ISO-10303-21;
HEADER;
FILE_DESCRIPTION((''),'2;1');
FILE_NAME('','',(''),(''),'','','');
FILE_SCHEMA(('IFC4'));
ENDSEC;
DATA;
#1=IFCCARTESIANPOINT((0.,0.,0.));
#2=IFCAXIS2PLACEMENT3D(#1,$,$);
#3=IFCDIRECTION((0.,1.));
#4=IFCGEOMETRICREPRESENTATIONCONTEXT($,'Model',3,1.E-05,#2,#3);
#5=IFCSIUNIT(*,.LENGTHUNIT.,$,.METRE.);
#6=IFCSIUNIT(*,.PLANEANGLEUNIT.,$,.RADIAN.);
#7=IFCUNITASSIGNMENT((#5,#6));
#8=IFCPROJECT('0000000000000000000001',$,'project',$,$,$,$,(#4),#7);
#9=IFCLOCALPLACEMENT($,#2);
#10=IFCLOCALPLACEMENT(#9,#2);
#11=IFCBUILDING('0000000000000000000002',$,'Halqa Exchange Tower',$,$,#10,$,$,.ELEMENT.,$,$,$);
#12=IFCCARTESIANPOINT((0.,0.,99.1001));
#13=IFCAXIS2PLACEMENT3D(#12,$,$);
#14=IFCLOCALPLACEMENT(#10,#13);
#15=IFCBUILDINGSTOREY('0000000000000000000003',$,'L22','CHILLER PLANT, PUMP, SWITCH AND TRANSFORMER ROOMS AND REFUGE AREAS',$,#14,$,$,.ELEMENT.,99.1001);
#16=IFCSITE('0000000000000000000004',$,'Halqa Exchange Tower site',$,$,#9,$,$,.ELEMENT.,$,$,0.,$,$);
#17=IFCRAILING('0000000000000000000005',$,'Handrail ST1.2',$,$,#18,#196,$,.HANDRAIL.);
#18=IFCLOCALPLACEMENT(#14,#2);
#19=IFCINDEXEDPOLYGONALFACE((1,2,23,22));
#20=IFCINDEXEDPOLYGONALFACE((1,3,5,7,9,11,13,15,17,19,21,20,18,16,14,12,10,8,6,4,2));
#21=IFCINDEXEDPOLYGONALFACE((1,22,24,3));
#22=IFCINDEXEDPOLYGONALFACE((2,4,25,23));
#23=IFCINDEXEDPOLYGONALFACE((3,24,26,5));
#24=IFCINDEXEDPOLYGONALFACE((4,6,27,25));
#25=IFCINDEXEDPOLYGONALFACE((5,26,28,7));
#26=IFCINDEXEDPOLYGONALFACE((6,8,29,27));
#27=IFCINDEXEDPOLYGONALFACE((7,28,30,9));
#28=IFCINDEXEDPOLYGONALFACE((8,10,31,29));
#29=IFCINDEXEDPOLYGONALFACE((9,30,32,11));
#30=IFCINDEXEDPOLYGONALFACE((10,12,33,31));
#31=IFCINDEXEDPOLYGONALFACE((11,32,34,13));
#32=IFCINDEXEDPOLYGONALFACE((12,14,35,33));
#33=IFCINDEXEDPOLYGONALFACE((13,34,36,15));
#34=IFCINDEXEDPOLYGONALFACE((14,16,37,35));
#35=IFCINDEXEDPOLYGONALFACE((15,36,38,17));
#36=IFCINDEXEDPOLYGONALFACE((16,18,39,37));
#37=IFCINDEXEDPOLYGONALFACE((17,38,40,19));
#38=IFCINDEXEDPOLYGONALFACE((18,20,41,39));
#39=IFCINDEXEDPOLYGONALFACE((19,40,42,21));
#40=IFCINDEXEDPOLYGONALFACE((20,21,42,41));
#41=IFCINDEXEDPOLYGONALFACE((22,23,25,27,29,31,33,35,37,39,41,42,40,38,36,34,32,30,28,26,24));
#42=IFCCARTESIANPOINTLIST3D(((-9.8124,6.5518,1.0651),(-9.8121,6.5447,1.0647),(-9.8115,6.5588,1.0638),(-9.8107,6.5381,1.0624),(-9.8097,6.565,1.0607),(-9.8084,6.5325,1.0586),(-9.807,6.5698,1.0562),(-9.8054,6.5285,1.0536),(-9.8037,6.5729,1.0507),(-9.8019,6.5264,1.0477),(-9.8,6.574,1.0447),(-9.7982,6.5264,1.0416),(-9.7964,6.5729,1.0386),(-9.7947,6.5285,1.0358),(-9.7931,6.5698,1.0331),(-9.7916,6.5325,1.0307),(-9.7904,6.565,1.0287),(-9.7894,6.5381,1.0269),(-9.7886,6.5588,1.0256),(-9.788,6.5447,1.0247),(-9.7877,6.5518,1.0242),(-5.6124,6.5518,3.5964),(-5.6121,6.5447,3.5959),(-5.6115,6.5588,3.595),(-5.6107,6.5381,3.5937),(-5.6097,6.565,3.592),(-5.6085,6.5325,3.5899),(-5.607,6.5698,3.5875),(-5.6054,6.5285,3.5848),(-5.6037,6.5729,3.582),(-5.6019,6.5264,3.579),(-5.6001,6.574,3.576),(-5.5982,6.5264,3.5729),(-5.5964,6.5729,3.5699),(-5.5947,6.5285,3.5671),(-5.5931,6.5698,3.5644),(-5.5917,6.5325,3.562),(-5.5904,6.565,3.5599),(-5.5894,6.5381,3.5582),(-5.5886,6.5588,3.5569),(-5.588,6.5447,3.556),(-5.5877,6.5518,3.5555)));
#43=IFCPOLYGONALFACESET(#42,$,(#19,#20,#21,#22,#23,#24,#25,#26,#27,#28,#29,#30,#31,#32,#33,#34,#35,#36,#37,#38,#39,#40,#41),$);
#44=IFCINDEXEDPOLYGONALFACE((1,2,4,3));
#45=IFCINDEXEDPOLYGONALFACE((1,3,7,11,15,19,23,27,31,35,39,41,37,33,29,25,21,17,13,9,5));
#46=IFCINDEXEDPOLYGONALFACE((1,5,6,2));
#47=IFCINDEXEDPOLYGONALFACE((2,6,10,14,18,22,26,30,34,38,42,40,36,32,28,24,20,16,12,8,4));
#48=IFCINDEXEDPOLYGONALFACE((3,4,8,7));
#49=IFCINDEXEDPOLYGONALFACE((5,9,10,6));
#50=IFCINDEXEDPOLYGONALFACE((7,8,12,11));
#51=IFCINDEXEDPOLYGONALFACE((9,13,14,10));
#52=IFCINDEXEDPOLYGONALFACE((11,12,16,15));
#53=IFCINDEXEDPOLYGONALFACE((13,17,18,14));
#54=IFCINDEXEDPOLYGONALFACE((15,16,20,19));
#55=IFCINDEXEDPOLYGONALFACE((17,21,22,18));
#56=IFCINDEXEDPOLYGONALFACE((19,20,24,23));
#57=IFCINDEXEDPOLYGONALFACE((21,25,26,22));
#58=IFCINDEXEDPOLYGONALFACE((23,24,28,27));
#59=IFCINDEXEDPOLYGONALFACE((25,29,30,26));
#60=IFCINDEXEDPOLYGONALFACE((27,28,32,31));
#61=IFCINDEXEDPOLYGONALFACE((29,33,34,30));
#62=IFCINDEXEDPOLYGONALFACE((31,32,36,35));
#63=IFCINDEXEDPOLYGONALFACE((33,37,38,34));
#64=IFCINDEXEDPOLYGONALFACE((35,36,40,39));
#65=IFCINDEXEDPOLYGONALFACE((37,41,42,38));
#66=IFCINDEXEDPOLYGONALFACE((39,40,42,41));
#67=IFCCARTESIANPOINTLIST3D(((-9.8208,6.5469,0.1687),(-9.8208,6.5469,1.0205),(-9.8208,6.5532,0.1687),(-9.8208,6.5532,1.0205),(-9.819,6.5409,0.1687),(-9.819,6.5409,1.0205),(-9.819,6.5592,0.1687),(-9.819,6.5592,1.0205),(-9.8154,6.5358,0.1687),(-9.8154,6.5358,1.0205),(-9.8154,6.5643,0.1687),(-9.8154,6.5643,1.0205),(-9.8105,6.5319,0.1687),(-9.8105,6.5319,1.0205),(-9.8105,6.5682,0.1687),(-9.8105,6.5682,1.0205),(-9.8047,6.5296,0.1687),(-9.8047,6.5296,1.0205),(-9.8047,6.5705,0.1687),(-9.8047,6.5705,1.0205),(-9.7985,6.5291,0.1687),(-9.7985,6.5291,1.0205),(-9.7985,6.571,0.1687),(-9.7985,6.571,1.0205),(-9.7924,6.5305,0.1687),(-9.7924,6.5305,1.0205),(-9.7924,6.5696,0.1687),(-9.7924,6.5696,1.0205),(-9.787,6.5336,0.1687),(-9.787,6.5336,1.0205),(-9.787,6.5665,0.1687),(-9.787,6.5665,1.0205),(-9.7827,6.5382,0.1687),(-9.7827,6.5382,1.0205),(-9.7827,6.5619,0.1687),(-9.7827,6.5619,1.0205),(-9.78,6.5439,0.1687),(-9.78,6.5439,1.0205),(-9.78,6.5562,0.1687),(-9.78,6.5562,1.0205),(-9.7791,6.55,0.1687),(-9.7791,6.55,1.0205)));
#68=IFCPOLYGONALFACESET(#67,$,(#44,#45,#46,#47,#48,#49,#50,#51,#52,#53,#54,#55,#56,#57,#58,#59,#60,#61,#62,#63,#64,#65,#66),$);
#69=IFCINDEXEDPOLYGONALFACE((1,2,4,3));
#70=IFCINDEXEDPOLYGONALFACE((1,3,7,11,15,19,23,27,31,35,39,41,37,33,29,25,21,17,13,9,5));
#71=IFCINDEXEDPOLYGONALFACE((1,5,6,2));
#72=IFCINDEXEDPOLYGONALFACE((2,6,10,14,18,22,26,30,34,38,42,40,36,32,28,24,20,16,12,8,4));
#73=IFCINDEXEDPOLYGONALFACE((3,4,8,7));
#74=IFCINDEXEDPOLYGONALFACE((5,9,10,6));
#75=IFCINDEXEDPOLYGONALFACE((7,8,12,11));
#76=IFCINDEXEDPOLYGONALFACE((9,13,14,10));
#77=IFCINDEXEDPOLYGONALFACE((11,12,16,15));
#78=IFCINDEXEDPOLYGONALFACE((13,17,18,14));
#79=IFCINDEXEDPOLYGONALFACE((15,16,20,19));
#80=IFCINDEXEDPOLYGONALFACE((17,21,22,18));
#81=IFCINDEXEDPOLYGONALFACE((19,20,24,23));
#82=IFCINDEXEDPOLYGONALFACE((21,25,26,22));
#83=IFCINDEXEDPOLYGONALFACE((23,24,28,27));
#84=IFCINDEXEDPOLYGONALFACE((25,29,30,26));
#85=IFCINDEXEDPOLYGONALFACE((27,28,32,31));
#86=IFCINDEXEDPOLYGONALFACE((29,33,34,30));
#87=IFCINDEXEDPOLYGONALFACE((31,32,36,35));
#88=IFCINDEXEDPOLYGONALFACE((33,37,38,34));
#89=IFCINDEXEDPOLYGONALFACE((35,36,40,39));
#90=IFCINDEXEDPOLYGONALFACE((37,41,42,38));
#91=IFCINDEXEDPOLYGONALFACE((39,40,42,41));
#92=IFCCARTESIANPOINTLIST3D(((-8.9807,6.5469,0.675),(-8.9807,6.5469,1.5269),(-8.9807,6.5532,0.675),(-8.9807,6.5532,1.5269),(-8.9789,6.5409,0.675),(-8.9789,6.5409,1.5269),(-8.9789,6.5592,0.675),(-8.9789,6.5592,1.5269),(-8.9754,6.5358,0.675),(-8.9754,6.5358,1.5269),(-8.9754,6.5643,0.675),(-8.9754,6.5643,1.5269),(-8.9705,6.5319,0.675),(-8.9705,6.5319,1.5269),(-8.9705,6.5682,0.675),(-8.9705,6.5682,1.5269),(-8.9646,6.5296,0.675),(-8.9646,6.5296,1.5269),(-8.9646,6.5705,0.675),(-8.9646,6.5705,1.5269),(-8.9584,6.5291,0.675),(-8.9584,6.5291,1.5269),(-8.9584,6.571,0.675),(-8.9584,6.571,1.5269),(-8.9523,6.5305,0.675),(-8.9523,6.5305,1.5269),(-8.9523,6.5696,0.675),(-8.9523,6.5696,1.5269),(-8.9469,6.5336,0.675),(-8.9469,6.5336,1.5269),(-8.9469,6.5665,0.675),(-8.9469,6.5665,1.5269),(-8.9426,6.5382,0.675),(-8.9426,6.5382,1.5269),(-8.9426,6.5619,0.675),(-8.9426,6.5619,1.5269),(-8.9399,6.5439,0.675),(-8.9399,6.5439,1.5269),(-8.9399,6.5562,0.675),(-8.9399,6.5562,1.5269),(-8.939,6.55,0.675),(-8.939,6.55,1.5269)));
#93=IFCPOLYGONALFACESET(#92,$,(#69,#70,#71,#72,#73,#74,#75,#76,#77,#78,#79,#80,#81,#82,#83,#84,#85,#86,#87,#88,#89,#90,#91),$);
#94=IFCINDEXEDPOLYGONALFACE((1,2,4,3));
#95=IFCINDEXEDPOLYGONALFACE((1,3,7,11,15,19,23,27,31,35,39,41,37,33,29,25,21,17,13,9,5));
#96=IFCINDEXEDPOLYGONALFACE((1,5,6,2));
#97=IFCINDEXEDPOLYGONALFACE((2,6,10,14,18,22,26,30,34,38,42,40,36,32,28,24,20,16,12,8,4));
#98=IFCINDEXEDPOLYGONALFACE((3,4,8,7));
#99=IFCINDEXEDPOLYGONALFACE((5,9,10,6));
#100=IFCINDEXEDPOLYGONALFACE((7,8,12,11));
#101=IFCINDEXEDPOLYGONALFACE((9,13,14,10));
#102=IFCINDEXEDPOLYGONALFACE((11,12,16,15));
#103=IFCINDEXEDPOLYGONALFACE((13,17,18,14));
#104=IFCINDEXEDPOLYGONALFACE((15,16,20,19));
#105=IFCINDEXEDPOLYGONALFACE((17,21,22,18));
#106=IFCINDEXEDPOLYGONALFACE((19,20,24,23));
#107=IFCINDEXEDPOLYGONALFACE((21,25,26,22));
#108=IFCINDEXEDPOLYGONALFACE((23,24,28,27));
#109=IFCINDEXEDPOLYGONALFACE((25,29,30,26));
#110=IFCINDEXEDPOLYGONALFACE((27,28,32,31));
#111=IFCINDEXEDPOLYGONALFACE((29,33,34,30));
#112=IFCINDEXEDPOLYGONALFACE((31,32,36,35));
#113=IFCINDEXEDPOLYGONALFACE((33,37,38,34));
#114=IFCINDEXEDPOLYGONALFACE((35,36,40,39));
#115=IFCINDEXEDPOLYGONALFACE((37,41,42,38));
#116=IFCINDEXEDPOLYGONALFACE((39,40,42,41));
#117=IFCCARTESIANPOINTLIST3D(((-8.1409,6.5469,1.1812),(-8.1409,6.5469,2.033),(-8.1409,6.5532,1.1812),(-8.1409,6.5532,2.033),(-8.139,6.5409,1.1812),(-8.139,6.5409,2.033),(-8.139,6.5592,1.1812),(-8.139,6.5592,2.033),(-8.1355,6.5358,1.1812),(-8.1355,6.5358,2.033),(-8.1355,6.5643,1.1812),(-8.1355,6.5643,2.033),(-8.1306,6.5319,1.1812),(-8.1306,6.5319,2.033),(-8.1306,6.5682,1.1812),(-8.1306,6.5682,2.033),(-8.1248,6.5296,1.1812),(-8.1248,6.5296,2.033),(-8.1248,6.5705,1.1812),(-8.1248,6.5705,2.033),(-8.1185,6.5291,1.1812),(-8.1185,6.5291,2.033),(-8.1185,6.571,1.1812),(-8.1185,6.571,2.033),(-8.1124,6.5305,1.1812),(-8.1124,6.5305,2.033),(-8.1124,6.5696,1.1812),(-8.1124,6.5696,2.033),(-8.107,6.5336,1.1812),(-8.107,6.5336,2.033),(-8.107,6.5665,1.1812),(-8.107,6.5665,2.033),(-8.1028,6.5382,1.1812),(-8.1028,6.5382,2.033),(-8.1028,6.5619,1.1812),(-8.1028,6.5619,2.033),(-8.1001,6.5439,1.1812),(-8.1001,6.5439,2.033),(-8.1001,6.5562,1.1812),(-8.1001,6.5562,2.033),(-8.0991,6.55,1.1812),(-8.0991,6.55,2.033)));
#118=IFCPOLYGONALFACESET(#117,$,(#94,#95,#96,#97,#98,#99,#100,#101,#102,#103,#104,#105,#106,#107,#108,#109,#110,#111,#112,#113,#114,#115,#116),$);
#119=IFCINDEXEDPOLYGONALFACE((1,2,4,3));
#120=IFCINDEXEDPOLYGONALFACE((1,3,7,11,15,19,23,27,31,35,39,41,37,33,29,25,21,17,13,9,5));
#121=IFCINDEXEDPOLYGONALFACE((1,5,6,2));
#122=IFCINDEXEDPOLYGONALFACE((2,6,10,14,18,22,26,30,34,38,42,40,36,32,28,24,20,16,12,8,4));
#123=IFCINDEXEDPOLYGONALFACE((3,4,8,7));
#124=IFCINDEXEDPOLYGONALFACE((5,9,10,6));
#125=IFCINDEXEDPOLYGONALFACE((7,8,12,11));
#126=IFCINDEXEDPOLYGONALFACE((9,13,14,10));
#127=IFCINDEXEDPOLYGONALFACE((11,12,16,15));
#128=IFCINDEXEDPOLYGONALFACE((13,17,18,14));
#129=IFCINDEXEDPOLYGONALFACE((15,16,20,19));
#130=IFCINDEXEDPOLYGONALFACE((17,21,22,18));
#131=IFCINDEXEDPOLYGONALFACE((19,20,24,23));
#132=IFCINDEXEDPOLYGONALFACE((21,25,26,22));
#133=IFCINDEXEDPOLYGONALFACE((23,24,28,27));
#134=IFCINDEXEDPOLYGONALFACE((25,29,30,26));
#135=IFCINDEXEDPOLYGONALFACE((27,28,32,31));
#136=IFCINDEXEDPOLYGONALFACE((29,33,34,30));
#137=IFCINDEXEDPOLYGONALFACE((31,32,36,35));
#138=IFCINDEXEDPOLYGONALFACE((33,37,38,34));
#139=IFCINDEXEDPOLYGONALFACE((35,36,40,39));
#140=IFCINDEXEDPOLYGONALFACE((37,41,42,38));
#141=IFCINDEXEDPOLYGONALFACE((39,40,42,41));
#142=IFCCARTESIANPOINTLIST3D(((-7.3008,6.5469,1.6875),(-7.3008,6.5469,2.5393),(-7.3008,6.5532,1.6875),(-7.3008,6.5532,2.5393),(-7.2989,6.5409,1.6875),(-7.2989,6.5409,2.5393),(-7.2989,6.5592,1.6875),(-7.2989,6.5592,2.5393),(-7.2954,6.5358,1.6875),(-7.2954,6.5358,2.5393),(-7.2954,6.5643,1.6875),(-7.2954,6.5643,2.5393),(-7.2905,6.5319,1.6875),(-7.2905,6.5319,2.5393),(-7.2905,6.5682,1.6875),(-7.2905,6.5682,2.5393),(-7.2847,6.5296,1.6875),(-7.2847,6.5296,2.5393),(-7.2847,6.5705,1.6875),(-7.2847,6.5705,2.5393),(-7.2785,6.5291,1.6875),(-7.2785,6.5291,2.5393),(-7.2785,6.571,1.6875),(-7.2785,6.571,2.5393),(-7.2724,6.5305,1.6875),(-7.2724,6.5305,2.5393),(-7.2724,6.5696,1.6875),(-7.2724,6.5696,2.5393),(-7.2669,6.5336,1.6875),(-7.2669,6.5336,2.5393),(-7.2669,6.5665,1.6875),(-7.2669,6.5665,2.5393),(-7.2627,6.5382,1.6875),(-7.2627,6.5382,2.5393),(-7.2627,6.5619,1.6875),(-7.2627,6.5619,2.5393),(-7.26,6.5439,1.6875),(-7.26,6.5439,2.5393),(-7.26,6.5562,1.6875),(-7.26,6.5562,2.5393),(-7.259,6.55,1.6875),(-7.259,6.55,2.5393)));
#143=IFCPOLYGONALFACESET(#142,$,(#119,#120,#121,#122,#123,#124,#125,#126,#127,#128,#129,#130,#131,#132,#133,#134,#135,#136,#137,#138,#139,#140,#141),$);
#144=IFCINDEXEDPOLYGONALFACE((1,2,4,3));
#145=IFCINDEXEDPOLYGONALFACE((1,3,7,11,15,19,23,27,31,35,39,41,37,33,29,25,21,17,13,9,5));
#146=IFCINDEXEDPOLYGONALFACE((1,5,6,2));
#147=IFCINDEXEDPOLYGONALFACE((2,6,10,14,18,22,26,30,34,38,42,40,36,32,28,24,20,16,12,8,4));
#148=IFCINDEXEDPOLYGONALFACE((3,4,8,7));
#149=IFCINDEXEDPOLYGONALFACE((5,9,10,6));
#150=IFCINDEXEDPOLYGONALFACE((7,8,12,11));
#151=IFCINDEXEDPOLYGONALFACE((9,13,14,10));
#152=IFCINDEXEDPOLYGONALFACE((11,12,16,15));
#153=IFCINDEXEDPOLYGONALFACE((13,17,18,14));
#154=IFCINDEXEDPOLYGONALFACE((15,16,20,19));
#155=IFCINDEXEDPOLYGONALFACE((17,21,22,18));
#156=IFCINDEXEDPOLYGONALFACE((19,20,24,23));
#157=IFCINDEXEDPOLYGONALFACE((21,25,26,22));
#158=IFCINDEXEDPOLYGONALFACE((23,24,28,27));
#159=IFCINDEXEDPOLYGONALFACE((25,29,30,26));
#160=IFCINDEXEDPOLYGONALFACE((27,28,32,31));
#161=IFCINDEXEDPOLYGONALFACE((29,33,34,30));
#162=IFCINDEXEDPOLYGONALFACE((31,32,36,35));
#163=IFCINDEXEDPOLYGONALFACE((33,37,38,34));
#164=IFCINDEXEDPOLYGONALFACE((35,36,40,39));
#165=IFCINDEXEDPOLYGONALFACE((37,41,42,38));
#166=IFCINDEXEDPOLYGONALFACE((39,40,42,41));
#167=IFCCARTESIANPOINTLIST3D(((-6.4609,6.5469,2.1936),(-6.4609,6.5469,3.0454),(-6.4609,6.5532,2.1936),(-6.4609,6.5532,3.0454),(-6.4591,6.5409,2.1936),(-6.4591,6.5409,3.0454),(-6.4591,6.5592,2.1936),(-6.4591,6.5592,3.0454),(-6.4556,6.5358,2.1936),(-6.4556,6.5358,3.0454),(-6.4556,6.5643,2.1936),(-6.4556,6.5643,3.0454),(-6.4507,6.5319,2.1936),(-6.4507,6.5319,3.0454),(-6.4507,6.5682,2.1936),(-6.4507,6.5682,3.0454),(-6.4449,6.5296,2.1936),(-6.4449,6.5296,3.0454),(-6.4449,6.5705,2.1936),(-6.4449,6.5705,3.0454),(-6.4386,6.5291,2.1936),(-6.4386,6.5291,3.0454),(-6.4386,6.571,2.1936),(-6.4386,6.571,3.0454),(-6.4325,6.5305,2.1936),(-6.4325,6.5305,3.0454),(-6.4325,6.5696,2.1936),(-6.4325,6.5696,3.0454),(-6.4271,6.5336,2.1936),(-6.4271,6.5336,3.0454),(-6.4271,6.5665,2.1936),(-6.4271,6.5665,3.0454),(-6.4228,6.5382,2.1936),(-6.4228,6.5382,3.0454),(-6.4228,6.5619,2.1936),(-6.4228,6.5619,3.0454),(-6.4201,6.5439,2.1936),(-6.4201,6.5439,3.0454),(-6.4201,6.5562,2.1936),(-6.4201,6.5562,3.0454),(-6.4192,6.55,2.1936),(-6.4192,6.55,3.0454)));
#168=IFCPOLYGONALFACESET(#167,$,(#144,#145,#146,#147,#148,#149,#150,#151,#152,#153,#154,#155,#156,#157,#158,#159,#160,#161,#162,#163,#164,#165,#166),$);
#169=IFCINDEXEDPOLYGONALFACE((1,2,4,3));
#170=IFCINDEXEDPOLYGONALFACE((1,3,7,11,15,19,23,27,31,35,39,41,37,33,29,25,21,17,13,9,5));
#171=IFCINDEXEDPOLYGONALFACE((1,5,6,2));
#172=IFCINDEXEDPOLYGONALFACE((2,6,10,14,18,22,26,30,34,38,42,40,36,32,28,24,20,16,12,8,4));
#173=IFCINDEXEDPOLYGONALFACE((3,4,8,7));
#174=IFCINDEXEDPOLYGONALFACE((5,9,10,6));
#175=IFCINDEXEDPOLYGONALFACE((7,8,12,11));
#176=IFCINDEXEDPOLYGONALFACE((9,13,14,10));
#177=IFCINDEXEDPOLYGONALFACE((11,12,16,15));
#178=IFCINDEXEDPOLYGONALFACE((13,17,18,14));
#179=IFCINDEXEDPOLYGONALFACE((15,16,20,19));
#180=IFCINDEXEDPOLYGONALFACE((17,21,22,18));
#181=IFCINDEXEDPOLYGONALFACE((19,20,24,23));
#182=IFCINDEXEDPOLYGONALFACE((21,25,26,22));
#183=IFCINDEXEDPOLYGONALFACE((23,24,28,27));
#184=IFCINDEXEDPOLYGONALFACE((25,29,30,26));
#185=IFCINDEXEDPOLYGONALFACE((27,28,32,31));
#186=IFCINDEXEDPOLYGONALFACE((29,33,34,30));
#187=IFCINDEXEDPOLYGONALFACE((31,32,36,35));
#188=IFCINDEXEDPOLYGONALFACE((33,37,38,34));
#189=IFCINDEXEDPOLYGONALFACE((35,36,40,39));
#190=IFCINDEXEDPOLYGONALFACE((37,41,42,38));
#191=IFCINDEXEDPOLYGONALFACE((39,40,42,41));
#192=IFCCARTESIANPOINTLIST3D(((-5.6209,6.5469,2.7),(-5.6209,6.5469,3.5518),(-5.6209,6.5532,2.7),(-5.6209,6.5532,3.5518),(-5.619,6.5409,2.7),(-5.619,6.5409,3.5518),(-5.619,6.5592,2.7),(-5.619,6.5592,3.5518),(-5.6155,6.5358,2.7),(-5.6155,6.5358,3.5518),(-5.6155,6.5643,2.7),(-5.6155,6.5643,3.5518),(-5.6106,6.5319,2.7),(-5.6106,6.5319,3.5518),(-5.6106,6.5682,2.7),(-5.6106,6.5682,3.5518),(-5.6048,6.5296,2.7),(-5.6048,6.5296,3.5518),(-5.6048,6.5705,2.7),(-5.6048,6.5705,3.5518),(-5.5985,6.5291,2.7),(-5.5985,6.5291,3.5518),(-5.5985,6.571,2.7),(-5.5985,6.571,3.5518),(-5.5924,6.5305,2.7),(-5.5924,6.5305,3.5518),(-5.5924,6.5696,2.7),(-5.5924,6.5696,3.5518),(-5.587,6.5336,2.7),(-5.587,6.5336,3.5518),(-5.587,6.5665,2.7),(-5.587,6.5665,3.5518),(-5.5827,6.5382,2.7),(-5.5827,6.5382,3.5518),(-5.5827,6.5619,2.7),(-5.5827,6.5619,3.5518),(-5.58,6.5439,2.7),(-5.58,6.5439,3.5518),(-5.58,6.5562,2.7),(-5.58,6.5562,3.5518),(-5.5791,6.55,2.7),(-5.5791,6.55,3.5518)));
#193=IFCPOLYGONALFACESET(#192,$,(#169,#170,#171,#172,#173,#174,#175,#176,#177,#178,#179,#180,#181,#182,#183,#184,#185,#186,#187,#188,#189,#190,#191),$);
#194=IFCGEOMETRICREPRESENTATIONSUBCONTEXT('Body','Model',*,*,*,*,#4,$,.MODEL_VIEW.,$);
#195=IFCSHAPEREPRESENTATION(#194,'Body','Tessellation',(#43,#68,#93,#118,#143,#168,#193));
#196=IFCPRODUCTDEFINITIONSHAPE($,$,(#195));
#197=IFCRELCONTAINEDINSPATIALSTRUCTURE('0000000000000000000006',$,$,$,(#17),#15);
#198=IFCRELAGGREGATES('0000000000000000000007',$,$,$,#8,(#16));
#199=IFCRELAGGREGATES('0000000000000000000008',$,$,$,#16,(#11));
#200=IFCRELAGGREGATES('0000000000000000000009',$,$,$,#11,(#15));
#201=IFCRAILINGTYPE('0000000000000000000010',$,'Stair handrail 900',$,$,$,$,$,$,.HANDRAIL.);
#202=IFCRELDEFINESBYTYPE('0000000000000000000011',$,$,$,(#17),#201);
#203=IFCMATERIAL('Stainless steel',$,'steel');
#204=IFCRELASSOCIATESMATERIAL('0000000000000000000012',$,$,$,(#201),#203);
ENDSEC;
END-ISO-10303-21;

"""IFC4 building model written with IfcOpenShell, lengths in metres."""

from ifc_helpers import new_model, si_unit, direction, frame, origin, origin_2d, place, context, subcontext, project, spatial, circle, extrude, material, type_object, element, save


model = new_model("IFC4")

# Units and contexts
model_context = context("Model", 3, precision=1e-05, world=origin(), true_north=direction((0.0, 1.0)))
body_context = subcontext(model_context, "Body", "Model", "MODEL_VIEW")
ifc_project = project(units=[si_unit("LENGTHUNIT", "METRE"), si_unit("PLANEANGLEUNIT", "RADIAN")], contexts=[model_context])

# Site, building, storey
site_placement = place(None, origin())
site = spatial("IfcSite", under=ifc_project, at=site_placement, Name="Halqa Exchange Tower site", CompositionType="ELEMENT", RefElevation=0.0)
building_placement = place(site_placement, origin())
building = spatial("IfcBuilding", under=site, at=building_placement, Name="Halqa Exchange Tower", CompositionType="ELEMENT")
storey_placement = place(building_placement, frame((0.0, 0.0, 99.1001)))
storey = spatial("IfcBuildingStorey", under=building, at=storey_placement, Name="L22", Description="CHILLER PLANT, PUMP, SWITCH AND TRANSFORMER ROOMS AND REFUGE AREAS", CompositionType="ELEMENT", Elevation=99.1001)

# Shared definitions
ifc_material_1 = material(Name="Stainless steel", Category="steel")

# Railing
railing_type_1 = type_object("IfcRailingType", Name="Stair handrail 900", PredefinedType="HANDRAIL", material=ifc_material_1)
railing_1_placement = place(storey_placement, frame((-9.8, 6.55, 0.1687)))
element("IfcRailing", 1, at=railing_1_placement, inside=storey, type_object=railing_type_1, Name="Handrail ST1.2", PredefinedType="HANDRAIL", context=body_context, shape_type="SweptSolid", body=[
    extrude(circle(Radius=0.0239, at=origin_2d()), frame((0.0, 0.0, 0.876), z_axis=(0.856476, 0.0, 0.516186), x_axis=(0.0, 1.0, 0.0)), (0.0, 0.0, 1.0), 4.9038),
    extrude(circle(Radius=0.021, at=origin_2d()), origin(), (0.0, 0.0, 1.0), 0.8518),
    extrude(circle(Radius=0.021, at=origin_2d()), frame((0.8401, 0.0, 0.5063)), (0.0, 0.0, 1.0), 0.8518),
    extrude(circle(Radius=0.021, at=origin_2d()), frame((1.6799, 0.0, 1.0125)), (0.0, 0.0, 1.0), 0.8518),
    extrude(circle(Radius=0.021, at=origin_2d()), frame((2.52, 0.0, 1.5188)), (0.0, 0.0, 1.0), 0.8518),
    extrude(circle(Radius=0.021, at=origin_2d()), frame((3.3599, 0.0, 2.0249)), (0.0, 0.0, 1.0), 0.8518),
    extrude(circle(Radius=0.021, at=origin_2d()), frame((4.2, 0.0, 2.5312)), (0.0, 0.0, 1.0), 0.8518),
])

save(model, "model.ifc")
